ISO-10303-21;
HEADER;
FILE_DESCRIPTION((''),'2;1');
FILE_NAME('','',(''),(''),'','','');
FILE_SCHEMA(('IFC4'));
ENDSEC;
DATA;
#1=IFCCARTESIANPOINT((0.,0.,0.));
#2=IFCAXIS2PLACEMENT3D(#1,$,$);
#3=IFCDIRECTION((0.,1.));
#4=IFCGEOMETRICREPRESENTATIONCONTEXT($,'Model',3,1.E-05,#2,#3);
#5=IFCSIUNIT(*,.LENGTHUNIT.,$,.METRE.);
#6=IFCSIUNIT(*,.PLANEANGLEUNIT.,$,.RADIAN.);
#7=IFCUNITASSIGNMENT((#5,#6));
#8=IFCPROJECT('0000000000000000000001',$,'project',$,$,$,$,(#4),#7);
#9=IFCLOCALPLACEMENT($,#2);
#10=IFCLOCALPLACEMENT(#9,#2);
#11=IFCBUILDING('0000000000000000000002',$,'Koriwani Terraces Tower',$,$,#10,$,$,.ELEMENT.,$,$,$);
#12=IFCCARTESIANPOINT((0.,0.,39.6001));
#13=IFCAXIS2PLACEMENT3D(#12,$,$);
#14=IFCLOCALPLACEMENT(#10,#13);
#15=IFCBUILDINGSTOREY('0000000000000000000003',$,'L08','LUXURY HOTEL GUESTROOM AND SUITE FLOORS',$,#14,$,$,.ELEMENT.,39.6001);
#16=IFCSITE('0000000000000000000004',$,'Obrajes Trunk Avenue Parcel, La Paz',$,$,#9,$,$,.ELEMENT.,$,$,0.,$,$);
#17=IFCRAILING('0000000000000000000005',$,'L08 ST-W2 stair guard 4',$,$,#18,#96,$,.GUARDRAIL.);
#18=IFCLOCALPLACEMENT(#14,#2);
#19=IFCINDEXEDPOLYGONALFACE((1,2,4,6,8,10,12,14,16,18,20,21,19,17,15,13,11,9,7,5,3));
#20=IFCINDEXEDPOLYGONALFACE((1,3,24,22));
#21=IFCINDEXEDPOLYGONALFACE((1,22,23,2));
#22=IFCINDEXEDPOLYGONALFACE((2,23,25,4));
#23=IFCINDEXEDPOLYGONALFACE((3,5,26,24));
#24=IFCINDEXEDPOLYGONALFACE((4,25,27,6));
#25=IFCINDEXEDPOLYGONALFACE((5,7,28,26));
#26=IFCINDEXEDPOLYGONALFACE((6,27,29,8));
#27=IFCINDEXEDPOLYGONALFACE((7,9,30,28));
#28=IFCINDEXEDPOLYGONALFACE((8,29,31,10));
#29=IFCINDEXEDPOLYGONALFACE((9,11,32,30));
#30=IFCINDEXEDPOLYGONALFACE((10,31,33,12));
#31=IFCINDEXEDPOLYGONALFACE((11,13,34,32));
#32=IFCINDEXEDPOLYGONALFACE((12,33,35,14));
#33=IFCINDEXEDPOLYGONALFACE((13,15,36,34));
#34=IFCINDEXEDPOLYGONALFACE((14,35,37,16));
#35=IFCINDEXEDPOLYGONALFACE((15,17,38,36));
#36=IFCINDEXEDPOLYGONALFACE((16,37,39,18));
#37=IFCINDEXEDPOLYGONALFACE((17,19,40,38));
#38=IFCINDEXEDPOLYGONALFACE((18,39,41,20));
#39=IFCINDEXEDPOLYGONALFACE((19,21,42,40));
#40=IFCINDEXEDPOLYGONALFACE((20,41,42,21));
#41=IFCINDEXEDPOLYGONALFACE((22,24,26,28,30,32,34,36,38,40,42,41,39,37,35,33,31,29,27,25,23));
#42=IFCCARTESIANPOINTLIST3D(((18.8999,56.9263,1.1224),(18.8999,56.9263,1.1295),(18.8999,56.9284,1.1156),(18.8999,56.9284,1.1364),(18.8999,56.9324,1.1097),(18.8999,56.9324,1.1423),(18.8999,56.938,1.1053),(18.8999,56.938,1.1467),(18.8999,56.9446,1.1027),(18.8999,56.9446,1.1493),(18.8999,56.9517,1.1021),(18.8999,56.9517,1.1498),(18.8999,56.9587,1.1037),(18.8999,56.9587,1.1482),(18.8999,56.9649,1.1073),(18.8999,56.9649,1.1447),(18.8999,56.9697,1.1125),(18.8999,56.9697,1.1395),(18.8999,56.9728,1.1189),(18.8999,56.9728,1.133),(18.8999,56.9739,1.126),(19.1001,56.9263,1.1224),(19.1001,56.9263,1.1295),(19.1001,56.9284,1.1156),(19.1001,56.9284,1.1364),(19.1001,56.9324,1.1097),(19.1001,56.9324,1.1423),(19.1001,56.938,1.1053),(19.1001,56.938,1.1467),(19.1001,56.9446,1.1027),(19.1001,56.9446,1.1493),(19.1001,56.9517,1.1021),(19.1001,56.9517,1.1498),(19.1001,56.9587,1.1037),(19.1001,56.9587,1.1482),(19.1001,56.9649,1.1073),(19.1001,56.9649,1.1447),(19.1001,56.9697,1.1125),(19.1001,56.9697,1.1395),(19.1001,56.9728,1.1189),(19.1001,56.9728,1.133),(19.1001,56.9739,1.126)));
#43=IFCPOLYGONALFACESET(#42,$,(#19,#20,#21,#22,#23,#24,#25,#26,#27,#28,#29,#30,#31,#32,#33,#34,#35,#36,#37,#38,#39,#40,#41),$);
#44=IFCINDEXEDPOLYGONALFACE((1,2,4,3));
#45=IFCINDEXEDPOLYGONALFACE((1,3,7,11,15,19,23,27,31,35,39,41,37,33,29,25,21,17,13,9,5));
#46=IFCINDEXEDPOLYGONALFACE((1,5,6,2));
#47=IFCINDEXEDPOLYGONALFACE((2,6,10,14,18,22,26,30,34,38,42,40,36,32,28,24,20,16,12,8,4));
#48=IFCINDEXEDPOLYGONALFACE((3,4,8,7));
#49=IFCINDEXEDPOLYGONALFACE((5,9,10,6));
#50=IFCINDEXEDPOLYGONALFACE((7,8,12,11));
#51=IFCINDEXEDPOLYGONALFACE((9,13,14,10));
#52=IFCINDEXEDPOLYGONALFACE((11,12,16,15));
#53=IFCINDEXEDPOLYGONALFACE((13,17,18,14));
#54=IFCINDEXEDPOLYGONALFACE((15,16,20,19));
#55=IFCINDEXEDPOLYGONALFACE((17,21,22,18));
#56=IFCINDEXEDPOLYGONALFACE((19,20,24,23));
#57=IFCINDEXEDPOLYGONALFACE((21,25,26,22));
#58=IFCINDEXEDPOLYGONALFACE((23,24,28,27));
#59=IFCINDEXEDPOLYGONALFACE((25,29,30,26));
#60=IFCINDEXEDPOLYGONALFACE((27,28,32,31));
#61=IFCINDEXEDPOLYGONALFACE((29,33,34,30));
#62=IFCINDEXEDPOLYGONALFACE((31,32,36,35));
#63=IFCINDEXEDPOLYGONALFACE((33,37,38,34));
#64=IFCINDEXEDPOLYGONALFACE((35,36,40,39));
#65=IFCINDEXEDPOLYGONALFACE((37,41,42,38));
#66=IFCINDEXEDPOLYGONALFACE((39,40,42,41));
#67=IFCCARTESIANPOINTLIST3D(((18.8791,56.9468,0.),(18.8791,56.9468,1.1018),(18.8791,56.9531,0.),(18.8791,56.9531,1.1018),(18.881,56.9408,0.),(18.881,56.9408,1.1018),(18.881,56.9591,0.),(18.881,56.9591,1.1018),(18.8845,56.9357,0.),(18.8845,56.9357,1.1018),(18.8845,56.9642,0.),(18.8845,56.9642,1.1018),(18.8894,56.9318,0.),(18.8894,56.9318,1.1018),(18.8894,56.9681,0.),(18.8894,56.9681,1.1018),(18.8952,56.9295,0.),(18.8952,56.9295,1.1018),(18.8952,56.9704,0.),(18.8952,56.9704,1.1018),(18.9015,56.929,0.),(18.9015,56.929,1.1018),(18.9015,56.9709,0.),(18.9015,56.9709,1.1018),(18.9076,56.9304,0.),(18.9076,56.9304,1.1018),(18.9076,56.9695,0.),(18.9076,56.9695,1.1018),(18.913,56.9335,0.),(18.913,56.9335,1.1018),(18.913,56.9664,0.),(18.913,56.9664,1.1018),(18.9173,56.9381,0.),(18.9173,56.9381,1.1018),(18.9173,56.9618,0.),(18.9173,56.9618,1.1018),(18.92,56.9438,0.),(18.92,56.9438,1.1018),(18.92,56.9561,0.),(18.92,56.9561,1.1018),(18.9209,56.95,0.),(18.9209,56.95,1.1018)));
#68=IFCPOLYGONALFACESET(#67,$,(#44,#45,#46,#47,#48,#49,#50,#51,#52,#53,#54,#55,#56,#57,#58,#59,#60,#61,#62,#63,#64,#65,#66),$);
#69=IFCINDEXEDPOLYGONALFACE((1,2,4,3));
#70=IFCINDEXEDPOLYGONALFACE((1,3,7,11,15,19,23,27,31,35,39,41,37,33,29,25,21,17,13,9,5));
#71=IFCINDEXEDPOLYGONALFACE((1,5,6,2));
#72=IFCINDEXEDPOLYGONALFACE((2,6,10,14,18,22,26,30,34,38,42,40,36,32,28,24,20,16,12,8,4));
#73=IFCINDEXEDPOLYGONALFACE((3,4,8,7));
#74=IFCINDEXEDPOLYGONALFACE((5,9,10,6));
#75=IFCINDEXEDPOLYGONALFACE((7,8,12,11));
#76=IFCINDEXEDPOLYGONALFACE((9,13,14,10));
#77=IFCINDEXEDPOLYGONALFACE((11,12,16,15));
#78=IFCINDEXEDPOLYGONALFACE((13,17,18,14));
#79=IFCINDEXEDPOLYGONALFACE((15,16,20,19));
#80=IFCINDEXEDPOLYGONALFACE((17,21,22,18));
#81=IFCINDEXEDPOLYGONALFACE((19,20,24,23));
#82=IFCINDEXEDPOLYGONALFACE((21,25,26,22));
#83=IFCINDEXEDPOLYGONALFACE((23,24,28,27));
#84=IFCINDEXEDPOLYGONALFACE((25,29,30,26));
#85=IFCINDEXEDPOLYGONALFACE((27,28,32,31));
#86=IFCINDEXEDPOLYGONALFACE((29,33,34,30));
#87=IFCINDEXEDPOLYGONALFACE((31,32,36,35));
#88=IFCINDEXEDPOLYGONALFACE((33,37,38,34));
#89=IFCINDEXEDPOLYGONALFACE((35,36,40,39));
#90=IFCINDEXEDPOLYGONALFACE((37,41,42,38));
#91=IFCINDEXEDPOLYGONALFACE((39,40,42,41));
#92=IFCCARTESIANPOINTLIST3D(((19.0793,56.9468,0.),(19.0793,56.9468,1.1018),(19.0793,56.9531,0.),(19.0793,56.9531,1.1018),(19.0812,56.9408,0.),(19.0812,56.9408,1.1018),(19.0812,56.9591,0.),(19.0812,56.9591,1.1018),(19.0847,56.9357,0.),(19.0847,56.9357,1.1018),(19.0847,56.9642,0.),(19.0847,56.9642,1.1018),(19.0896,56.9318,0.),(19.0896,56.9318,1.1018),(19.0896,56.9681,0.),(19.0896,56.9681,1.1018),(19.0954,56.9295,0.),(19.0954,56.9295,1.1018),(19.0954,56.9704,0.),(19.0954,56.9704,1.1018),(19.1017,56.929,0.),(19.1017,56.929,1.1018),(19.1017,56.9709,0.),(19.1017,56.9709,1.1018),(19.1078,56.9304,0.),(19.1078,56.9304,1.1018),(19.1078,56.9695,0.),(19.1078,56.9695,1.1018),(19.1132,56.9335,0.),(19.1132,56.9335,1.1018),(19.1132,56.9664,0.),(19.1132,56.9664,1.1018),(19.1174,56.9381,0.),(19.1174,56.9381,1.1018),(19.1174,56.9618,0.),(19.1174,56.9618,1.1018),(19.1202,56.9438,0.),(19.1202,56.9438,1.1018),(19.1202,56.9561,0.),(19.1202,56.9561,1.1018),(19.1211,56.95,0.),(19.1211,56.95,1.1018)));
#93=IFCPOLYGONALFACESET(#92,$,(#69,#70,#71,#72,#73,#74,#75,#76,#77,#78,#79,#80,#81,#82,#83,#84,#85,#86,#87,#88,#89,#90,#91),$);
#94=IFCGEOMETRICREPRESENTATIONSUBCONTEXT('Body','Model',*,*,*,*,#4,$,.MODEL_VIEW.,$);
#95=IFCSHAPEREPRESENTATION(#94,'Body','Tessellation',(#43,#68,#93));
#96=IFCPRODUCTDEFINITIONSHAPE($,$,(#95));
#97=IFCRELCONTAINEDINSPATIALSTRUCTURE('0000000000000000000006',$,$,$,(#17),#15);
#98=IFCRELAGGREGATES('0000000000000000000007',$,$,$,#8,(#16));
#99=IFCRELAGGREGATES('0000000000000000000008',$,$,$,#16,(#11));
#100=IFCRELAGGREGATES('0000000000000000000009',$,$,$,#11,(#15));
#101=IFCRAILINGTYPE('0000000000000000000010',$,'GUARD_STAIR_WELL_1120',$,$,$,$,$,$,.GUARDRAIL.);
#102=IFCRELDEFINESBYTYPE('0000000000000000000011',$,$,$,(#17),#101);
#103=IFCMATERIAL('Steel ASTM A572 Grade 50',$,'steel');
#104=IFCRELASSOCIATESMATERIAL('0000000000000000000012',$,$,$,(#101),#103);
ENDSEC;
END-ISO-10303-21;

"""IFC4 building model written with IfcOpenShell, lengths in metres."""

from ifc_helpers import new_model, si_unit, direction, frame, origin, origin_2d, place, context, subcontext, project, spatial, circle, extrude, material, type_object, element, save


model = new_model("IFC4")

# Units and contexts
model_context = context("Model", 3, precision=1e-05, world=origin(), true_north=direction((0.0, 1.0)))
body_context = subcontext(model_context, "Body", "Model", "MODEL_VIEW")
ifc_project = project(units=[si_unit("LENGTHUNIT", "METRE"), si_unit("PLANEANGLEUNIT", "RADIAN")], contexts=[model_context])

# Site, building, storey
site_placement = place(None, origin())
site = spatial("IfcSite", under=ifc_project, at=site_placement, Name="Obrajes Trunk Avenue Parcel, La Paz", CompositionType="ELEMENT", RefElevation=0.0)
building_placement = place(site_placement, origin())
building = spatial("IfcBuilding", under=site, at=building_placement, Name="Koriwani Terraces Tower", CompositionType="ELEMENT")
storey_placement = place(building_placement, frame((0.0, 0.0, 39.6001)))
storey = spatial("IfcBuildingStorey", under=building, at=storey_placement, Name="L08", Description="LUXURY HOTEL GUESTROOM AND SUITE FLOORS", CompositionType="ELEMENT", Elevation=39.6001)

# Shared definitions
ifc_material_1 = material(Name="Steel ASTM A572 Grade 50", Category="steel")

# Railing
railing_type_1 = type_object("IfcRailingType", Name="GUARD_STAIR_WELL_1120", PredefinedType="GUARDRAIL", material=ifc_material_1)
railing_1_placement = place(storey_placement, frame((18.8999, 56.95, 0.0)))
element("IfcRailing", 1, at=railing_1_placement, inside=storey, type_object=railing_type_1, Name="L08 ST-W2 stair guard 4", PredefinedType="GUARDRAIL", context=body_context, shape_type="SweptSolid", body=[
    extrude(circle(Radius=0.0239, at=origin_2d()), frame((0.0, 0.0, 1.126), z_axis=(1.0, 0.0, 0.0), x_axis=(0.0, 1.0, 0.0)), (0.0, 0.0, 1.0), 0.2002),
    extrude(circle(Radius=0.021, at=origin_2d()), origin(), (0.0, 0.0, 1.0), 1.1018),
    extrude(circle(Radius=0.021, at=origin_2d()), frame((0.2002, 0.0, 0.0)), (0.0, 0.0, 1.0), 1.1018),
])

save(model, "model.ifc")
